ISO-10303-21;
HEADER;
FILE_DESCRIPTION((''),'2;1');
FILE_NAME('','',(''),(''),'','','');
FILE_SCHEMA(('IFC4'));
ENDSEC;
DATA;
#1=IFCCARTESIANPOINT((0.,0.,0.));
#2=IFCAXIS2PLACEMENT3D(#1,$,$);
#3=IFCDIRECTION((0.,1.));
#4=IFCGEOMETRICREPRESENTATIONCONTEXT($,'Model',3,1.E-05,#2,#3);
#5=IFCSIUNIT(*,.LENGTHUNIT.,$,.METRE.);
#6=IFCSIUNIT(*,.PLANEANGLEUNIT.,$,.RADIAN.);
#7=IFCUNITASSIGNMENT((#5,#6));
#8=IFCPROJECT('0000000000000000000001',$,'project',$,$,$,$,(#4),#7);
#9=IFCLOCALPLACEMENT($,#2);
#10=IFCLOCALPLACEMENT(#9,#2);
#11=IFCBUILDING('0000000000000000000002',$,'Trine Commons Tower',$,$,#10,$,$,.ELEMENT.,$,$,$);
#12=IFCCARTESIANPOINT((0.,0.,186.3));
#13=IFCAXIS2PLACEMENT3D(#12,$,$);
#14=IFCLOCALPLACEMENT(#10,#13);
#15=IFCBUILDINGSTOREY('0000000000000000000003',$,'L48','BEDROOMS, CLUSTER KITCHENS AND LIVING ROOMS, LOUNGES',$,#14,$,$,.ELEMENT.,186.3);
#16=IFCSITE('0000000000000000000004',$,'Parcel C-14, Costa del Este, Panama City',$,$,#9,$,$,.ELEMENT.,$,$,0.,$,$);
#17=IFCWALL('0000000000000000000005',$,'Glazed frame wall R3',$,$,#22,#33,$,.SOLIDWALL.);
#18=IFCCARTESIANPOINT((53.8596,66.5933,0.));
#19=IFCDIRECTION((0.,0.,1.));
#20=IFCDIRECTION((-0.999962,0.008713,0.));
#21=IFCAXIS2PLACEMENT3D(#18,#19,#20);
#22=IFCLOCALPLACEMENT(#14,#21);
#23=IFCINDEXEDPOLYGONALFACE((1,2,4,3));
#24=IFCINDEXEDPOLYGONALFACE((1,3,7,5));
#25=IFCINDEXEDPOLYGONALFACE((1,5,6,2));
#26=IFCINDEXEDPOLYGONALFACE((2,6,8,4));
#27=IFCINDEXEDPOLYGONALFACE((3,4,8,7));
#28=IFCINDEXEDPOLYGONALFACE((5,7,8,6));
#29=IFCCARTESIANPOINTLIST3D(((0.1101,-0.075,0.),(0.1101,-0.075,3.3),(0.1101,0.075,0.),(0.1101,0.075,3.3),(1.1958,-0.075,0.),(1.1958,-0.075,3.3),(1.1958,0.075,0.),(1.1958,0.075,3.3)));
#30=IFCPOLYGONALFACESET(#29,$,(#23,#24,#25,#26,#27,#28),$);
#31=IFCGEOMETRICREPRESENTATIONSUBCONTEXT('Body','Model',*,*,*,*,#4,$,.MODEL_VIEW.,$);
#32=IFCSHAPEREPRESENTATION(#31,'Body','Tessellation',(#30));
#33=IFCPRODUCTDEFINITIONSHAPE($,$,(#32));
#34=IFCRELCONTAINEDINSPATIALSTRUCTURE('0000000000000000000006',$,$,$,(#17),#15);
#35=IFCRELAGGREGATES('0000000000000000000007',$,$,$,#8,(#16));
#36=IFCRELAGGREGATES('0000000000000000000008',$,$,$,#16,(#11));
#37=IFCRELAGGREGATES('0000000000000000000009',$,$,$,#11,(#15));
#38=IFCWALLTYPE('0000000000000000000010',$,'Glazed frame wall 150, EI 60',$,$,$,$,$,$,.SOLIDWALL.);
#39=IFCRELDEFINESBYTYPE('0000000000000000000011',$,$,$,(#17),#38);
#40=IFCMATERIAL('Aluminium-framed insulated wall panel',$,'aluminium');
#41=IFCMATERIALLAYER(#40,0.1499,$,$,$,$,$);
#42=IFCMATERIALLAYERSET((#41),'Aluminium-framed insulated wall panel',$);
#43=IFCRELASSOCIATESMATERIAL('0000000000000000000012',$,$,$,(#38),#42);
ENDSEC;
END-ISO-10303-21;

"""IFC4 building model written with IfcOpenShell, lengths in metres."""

from ifc_helpers import new_model, si_unit, direction, frame, origin, place, context, subcontext, project, spatial, polyline, outline, extrude, material, layer, layer_set, type_object, element, save


model = new_model("IFC4")

# Units and contexts
model_context = context("Model", 3, precision=1e-05, world=origin(), true_north=direction((0.0, 1.0)))
body_context = subcontext(model_context, "Body", "Model", "MODEL_VIEW")
ifc_project = project(units=[si_unit("LENGTHUNIT", "METRE"), si_unit("PLANEANGLEUNIT", "RADIAN")], contexts=[model_context])

# Site, building, storey
site_placement = place(None, origin())
site = spatial("IfcSite", under=ifc_project, at=site_placement, Name="Parcel C-14, Costa del Este, Panama City", CompositionType="ELEMENT", RefElevation=0.0)
building_placement = place(site_placement, origin())
building = spatial("IfcBuilding", under=site, at=building_placement, Name="Trine Commons Tower", CompositionType="ELEMENT")
storey_placement = place(building_placement, frame((0.0, 0.0, 186.3)))
storey = spatial("IfcBuildingStorey", under=building, at=storey_placement, Name="L48", Description="BEDROOMS, CLUSTER KITCHENS AND LIVING ROOMS, LOUNGES", CompositionType="ELEMENT", Elevation=186.3)

# Shared definitions
ifc_material_1 = material(Name="Aluminium-framed insulated wall panel", Category="aluminium")
ifc_layer_1 = layer(ifc_material_1, 0.1499)
ifc_layer_set_1 = layer_set([ifc_layer_1], Name="Aluminium-framed insulated wall panel")
wall_type_1 = type_object("IfcWallType", Name="Glazed frame wall 150, EI 60", PredefinedType="SOLIDWALL", material=ifc_layer_set_1)

# Wall
wall_1_placement = place(storey_placement, frame((53.8596, 66.5933, 0.0), z_axis=(0.0, 0.0, 1.0), x_axis=(-0.999962, 0.008713, 0.0)))
element("IfcWall", 1, at=wall_1_placement, inside=storey, type_object=wall_type_1, Name="Glazed frame wall R3", PredefinedType="SOLIDWALL", context=body_context, shape_type="SweptSolid", body=[
    extrude(outline(polyline([(0.1101, 0.075), (0.1101, -0.075), (1.1958, -0.075), (1.1958, 0.075), (0.1101, 0.075)])), origin(), (0.0, 0.0, 1.0), 3.3),
])

save(model, "model.ifc")
